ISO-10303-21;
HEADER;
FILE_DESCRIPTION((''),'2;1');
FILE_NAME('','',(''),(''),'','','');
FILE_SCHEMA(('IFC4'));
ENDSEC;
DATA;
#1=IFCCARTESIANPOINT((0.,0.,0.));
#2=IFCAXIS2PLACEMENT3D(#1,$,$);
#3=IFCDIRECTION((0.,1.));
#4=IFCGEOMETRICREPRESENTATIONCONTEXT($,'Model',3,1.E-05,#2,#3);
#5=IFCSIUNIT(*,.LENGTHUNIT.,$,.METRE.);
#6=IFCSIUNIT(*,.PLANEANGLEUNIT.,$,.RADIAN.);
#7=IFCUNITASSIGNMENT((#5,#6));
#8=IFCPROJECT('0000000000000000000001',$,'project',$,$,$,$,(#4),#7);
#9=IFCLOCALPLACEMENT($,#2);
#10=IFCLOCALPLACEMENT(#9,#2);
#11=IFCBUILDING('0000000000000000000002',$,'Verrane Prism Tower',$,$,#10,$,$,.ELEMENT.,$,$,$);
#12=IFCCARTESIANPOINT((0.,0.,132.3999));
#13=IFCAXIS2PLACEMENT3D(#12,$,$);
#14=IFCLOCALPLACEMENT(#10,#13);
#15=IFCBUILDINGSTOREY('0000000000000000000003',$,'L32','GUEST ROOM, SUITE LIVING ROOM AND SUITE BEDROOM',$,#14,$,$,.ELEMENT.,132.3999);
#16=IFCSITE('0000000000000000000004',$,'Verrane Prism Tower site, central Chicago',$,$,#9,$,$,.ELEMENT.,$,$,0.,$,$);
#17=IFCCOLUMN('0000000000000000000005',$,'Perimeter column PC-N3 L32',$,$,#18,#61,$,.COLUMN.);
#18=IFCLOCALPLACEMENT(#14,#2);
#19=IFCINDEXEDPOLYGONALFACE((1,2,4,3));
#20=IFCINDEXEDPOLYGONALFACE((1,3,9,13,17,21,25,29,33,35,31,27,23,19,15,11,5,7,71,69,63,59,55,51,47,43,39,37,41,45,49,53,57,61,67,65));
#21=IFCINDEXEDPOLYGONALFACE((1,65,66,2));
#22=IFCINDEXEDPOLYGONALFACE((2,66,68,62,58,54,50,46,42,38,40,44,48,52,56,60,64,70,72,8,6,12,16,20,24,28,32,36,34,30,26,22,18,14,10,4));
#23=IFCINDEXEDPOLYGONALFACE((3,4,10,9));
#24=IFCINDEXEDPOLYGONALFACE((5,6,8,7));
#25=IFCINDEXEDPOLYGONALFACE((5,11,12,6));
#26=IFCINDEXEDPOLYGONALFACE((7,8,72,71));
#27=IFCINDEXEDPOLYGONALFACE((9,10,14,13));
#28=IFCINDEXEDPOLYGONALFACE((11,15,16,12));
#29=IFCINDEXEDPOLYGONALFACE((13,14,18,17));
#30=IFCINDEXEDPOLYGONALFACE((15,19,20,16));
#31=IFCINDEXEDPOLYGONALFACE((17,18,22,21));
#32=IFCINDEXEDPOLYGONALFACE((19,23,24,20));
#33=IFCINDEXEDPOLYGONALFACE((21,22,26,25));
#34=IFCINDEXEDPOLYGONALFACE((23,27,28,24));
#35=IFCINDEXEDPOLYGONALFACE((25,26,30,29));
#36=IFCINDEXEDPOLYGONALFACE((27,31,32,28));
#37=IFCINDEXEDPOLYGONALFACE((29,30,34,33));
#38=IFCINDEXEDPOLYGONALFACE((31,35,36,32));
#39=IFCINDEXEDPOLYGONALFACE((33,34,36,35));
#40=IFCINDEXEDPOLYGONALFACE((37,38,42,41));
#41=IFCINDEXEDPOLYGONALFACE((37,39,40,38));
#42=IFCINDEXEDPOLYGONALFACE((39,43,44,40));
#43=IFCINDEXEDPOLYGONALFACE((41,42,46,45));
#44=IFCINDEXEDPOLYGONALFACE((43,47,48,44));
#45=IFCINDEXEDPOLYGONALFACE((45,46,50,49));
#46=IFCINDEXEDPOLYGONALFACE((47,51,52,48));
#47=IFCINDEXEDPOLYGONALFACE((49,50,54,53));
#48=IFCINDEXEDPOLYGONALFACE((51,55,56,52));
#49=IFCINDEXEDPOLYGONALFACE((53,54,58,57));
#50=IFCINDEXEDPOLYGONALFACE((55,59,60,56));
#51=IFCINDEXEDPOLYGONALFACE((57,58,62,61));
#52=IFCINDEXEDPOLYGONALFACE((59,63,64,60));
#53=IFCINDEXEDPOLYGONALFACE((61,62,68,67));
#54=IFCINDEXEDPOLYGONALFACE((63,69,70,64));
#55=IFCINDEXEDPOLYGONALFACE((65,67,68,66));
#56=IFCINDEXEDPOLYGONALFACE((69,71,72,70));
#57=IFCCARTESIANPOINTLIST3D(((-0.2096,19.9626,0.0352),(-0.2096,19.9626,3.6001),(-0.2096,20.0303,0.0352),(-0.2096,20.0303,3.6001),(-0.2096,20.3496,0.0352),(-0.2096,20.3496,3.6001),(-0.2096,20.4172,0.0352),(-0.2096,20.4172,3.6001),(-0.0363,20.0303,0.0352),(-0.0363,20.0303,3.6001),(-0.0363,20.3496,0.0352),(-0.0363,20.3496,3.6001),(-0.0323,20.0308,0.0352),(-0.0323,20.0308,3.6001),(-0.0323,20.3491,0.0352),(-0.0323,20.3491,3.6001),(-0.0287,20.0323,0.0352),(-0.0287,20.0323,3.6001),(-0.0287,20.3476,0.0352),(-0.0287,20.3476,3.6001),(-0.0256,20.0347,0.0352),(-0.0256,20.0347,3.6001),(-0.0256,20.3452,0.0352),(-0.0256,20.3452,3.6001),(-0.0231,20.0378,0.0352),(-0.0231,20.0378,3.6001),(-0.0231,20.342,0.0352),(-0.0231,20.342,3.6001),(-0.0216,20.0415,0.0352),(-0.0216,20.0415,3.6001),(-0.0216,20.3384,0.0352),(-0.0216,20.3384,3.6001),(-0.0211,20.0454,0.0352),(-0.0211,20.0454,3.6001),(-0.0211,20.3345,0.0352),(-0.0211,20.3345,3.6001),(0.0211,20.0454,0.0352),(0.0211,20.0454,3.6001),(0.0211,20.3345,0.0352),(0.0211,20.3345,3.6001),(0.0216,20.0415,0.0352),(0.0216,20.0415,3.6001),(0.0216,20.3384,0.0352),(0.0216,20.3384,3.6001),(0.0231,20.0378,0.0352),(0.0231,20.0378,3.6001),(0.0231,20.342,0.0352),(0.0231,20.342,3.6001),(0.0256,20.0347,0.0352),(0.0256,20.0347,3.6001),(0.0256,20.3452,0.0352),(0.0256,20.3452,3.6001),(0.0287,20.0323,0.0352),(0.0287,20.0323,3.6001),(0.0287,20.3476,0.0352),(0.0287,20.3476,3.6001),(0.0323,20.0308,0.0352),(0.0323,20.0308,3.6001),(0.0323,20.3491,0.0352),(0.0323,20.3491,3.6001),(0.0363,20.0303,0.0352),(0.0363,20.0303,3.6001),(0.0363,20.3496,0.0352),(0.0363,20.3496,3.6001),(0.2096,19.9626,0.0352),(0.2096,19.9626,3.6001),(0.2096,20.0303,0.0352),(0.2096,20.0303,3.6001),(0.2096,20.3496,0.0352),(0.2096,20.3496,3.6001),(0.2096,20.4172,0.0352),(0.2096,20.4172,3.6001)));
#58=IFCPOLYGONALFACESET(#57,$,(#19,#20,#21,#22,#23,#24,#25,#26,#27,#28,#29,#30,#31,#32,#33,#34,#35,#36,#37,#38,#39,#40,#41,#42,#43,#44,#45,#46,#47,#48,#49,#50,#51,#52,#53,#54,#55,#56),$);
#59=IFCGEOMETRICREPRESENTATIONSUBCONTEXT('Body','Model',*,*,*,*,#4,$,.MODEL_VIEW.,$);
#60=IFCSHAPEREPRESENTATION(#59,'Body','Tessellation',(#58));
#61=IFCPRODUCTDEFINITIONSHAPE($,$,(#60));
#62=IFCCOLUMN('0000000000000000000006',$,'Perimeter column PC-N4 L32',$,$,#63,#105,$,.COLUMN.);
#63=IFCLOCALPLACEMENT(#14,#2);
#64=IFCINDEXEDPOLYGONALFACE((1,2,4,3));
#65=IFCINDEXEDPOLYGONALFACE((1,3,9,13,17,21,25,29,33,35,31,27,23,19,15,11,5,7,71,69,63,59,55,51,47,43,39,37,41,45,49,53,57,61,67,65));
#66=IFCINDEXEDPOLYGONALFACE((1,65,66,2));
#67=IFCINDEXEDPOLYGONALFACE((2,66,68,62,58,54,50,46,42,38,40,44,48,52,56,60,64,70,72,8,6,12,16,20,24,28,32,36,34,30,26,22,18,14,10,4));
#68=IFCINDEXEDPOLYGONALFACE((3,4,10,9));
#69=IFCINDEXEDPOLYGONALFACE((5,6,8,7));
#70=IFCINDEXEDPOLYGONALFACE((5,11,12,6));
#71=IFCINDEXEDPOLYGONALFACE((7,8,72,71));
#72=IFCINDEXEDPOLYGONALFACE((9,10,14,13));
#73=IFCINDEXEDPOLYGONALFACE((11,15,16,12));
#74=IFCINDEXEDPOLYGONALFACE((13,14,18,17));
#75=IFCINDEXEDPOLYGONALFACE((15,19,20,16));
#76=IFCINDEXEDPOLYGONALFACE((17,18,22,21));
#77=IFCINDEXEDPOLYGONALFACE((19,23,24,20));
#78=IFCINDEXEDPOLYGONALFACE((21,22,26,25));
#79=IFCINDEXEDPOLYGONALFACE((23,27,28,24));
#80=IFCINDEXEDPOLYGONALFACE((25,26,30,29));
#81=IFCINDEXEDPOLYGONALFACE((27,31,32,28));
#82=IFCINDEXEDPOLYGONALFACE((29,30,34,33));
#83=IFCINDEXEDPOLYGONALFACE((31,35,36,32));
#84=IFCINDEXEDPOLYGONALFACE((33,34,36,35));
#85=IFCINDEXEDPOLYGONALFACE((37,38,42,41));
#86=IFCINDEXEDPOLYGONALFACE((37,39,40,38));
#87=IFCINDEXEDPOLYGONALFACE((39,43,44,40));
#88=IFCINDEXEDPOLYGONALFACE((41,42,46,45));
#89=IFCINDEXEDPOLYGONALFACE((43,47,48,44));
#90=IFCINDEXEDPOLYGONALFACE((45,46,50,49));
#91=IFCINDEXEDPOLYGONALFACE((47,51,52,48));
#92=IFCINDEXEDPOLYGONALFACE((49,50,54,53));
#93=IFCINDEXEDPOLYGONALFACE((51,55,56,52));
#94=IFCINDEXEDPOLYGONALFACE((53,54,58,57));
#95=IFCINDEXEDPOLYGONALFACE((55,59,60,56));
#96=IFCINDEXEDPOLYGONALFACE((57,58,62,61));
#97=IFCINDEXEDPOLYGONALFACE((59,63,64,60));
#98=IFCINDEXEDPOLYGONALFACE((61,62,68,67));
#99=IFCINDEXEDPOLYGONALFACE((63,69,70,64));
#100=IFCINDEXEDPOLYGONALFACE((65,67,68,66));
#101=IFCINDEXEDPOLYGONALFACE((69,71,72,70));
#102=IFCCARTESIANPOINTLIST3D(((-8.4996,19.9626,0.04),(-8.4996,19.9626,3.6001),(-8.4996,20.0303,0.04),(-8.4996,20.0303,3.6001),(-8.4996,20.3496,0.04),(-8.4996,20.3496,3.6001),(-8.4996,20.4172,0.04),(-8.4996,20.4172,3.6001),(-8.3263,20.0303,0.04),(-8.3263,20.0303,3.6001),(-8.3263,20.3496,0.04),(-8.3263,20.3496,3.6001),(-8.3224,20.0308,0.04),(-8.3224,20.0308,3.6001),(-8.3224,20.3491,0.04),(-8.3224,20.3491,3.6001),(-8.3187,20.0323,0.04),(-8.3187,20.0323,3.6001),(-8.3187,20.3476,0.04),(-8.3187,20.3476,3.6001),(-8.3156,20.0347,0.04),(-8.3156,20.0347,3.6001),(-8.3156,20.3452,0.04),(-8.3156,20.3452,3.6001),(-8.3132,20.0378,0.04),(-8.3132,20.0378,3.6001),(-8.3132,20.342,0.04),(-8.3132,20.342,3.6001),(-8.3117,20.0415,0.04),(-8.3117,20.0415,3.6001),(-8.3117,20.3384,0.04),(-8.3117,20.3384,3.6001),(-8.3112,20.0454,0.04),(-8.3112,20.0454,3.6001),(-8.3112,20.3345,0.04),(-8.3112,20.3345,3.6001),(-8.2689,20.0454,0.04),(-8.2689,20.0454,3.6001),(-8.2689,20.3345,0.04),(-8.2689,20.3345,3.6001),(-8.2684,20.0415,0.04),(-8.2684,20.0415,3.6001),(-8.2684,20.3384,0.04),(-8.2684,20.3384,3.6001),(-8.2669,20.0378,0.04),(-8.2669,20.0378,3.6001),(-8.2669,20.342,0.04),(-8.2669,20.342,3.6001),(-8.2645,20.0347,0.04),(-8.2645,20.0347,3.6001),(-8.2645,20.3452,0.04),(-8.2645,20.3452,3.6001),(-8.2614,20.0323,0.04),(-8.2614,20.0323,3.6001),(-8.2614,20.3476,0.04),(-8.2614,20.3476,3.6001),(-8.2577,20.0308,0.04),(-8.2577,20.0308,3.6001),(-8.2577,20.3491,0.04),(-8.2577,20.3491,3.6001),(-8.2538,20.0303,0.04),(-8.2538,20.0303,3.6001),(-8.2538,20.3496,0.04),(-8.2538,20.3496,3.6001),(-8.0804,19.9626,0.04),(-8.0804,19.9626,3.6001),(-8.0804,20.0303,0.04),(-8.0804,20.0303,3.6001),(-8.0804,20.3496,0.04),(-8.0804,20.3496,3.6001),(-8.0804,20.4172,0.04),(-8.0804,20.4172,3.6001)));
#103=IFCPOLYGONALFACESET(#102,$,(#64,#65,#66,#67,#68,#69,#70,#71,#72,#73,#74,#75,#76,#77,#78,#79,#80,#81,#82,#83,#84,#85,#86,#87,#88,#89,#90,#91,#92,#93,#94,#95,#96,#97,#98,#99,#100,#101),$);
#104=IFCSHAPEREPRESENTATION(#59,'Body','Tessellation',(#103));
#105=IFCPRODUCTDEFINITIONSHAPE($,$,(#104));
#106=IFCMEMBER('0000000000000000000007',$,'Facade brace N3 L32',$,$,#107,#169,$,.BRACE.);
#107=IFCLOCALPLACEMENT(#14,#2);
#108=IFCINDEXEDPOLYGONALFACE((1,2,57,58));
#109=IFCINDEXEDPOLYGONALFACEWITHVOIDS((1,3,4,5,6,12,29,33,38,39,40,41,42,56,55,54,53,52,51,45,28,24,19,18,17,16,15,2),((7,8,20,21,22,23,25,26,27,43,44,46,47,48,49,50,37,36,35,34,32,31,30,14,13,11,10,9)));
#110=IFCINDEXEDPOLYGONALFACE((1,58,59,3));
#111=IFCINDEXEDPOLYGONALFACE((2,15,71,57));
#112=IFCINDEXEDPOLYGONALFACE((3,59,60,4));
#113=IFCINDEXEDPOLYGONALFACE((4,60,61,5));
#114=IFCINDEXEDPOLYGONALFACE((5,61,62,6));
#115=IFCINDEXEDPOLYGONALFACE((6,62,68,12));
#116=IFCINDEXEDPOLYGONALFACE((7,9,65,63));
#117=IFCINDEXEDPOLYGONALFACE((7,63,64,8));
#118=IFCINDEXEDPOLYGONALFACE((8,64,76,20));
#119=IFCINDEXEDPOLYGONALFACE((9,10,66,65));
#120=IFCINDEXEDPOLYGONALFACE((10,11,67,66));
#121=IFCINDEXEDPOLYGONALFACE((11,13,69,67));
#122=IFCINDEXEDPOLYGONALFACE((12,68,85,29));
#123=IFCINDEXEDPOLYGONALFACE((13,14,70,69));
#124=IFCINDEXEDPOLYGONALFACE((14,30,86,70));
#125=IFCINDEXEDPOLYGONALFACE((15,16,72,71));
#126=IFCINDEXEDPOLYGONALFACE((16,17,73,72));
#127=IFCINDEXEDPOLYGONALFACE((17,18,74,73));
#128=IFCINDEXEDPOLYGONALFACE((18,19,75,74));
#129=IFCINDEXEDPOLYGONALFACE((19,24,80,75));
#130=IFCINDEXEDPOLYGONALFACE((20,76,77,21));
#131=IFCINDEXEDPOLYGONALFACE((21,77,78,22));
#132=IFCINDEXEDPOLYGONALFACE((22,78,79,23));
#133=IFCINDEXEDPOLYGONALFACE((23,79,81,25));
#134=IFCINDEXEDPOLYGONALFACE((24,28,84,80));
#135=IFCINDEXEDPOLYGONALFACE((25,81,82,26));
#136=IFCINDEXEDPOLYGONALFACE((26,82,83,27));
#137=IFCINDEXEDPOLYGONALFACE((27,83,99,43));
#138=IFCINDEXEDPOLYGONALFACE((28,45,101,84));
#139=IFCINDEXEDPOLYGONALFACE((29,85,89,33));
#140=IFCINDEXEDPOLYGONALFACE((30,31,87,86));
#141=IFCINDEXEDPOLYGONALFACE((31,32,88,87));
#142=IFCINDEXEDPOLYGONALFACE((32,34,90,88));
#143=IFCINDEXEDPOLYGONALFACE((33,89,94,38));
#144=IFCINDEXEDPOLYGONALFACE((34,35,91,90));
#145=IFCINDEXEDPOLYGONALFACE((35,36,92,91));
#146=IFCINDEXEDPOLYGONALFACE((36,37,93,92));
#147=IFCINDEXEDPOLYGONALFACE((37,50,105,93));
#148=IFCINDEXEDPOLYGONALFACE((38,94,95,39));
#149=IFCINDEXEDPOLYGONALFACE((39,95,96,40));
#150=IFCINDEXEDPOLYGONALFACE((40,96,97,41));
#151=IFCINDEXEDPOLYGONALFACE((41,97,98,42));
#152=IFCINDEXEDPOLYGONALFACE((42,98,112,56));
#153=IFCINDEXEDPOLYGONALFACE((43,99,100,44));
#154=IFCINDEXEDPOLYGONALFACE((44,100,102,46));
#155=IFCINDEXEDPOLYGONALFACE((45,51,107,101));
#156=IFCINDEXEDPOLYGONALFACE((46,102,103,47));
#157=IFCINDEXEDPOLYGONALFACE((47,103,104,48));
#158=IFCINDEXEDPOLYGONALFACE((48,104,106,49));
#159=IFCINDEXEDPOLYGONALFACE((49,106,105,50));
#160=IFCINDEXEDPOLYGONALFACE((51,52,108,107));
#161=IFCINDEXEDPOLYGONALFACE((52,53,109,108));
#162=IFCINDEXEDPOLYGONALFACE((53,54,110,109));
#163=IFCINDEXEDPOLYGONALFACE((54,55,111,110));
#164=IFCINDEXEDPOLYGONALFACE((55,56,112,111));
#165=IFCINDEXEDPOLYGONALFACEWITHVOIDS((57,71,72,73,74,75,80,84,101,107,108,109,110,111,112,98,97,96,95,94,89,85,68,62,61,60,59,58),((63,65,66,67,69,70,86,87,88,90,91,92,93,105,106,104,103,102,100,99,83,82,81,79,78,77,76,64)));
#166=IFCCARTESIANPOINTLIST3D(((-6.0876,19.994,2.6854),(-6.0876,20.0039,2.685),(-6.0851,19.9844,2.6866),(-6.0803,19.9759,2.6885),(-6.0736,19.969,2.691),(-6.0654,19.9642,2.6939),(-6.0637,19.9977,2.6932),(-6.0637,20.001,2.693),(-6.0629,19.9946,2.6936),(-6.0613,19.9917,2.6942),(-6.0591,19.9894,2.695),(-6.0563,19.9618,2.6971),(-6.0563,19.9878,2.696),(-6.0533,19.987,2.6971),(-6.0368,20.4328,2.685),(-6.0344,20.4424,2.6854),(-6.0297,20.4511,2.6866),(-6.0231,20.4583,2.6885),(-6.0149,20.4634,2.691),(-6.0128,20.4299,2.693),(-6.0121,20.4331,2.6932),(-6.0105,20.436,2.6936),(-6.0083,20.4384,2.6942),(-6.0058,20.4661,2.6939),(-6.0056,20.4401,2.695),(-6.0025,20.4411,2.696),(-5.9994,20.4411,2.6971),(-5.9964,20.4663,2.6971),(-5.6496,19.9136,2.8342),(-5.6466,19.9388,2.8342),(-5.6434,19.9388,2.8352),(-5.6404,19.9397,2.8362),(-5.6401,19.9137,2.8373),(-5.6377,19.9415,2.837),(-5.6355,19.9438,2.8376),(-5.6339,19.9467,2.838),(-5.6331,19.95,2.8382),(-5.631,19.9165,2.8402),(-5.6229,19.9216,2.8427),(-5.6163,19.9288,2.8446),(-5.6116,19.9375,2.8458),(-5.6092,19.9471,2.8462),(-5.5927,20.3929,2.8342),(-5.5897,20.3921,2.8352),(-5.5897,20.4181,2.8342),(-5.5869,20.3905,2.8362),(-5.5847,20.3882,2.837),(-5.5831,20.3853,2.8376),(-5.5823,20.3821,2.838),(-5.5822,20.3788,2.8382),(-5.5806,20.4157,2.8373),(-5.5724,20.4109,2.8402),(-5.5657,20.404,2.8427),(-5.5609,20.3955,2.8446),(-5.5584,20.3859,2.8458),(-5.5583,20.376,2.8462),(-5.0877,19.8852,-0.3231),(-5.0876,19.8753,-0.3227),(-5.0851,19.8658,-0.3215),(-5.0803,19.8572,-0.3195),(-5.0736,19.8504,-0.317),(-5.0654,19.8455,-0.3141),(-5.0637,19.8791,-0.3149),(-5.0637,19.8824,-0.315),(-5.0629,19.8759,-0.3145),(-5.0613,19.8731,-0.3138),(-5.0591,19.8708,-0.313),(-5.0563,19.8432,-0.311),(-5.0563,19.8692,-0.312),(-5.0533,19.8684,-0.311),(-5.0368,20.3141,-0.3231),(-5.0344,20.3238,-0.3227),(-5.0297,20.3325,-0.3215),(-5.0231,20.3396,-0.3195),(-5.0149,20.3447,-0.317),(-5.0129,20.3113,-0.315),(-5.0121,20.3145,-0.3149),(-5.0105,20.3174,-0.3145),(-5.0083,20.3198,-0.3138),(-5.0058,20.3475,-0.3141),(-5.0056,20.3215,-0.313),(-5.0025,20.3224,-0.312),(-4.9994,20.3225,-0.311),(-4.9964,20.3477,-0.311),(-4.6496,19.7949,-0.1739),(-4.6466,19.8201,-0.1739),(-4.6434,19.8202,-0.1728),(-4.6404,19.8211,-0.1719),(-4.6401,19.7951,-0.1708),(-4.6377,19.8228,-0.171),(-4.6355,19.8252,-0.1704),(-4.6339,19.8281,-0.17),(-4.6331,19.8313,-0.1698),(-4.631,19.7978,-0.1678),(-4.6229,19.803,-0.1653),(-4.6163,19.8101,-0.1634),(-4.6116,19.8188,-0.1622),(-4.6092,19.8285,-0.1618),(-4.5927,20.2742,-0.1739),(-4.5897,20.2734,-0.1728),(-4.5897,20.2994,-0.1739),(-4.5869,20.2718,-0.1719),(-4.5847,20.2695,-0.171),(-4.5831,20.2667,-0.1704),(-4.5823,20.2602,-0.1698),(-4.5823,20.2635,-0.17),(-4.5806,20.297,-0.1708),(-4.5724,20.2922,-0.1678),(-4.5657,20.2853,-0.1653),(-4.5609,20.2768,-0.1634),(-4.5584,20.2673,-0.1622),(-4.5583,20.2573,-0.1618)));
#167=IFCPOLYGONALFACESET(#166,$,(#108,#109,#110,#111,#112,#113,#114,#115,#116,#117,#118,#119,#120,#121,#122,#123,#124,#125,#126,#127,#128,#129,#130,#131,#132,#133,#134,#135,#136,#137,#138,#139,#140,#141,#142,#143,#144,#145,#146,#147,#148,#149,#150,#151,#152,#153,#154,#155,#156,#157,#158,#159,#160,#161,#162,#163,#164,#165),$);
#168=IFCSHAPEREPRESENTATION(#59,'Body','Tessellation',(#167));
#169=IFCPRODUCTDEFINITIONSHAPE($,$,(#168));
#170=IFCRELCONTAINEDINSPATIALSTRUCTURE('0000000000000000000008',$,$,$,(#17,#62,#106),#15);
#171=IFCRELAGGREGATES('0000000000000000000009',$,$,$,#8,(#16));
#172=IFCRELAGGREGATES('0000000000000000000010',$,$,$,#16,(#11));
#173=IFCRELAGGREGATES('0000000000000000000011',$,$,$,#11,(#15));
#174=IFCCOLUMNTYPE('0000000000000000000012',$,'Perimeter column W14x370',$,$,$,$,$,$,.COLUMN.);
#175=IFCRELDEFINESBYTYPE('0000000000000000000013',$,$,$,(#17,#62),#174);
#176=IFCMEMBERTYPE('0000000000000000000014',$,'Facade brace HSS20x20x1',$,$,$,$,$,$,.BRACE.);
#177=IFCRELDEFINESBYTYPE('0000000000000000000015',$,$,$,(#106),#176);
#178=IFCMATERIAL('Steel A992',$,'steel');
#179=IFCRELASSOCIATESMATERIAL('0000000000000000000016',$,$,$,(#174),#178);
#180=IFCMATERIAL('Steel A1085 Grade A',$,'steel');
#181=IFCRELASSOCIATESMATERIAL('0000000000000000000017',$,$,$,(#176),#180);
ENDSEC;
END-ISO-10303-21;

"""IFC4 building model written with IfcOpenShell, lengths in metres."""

from ifc_helpers import new_model, si_unit, direction, frame, origin, origin_2d, place, context, subcontext, project, spatial, hollow_rectangle, i_section, extrude, material, material_profile, profile_set, type_object, element, save


model = new_model("IFC4")

# Units and contexts
model_context = context("Model", 3, precision=1e-05, world=origin(), true_north=direction((0.0, 1.0)))
body_context = subcontext(model_context, "Body", "Model", "MODEL_VIEW")
ifc_project = project(units=[si_unit("LENGTHUNIT", "METRE"), si_unit("PLANEANGLEUNIT", "RADIAN")], contexts=[model_context])

# Site, building, storey
site_placement = place(None, origin())
site = spatial("IfcSite", under=ifc_project, at=site_placement, Name="Verrane Prism Tower site, central Chicago", CompositionType="ELEMENT", RefElevation=0.0)
building_placement = place(site_placement, origin())
building = spatial("IfcBuilding", under=site, at=building_placement, Name="Verrane Prism Tower", CompositionType="ELEMENT")
storey_placement = place(building_placement, frame((0.0, 0.0, 132.3999)))
storey = spatial("IfcBuildingStorey", under=building, at=storey_placement, Name="L32", Description="GUEST ROOM, SUITE LIVING ROOM AND SUITE BEDROOM", CompositionType="ELEMENT", Elevation=132.3999)

# Columns
ifc_material_1 = material(Name="Steel A992", Category="steel")
ifc_material_profile_1 = material_profile(ifc_material_1, i_section(OverallWidth=0.4192, OverallDepth=0.4546, WebThickness=0.0422, FlangeThickness=0.0676, FilletRadius=0.0151, at=origin_2d()), Name="W14x370")
ifc_profile_set_1 = profile_set([ifc_material_profile_1], Name="Steel A992")
column_type = type_object("IfcColumnType", Name="Perimeter column W14x370", PredefinedType="COLUMN", material=ifc_profile_set_1)
column_1_placement = place(storey_placement, frame((0.0, 20.1899, 0.0352), z_axis=(0.0, 0.0, 1.0), x_axis=(1.0, 0.0, 0.0)))
element("IfcColumn", 1, at=column_1_placement, inside=storey, type_object=column_type, Name="Perimeter column PC-N3 L32", PredefinedType="COLUMN", context=body_context, shape_type="SweptSolid", body=[
    extrude(i_section(OverallWidth=0.4192, OverallDepth=0.4546, WebThickness=0.0422, FlangeThickness=0.0676, FilletRadius=0.0151, at=origin_2d()), origin(), (0.0, 0.0, 1.0), 3.5649),
])
column_2_placement = place(storey_placement, frame((-8.29, 20.1899, 0.04), z_axis=(0.0, 0.0, 1.0), x_axis=(1.0, 0.0, 0.0)))
element("IfcColumn", 2, at=column_2_placement, inside=storey, type_object=column_type, Name="Perimeter column PC-N4 L32", PredefinedType="COLUMN", context=body_context, shape_type="SweptSolid", body=[
    extrude(i_section(OverallWidth=0.4192, OverallDepth=0.4546, WebThickness=0.0422, FlangeThickness=0.0676, FilletRadius=0.0151, at=origin_2d()), origin(), (0.0, 0.0, 1.0), 3.5601),
])

# Member
ifc_material_2 = material(Name="Steel A1085 Grade A", Category="steel")
ifc_material_profile_2 = material_profile(ifc_material_2, hollow_rectangle(XDim=0.5081, YDim=0.5081, WallThickness=0.0254, InnerFilletRadius=0.0127, OuterFilletRadius=0.0381, at=origin_2d()), Name="HSS20x20x1")
ifc_profile_set_2 = profile_set([ifc_material_profile_2], Name="Steel A1085 Grade A")
member_type_1 = type_object("IfcMemberType", Name="Facade brace HSS20x20x1", PredefinedType="BRACE", material=ifc_profile_set_2)
member_1_placement = place(storey_placement, frame((-4.823, 20.0713, -0.2424), z_axis=(-0.315244, 0.037404, 0.948273), x_axis=(-0.117826, -0.993034, 0.0)))
element("IfcMember", 3, at=member_1_placement, inside=storey, type_object=member_type_1, Name="Facade brace N3 L32", PredefinedType="BRACE", context=body_context, shape_type="SweptSolid", body=[
    extrude(hollow_rectangle(XDim=0.5081, YDim=0.5081, WallThickness=0.0254, InnerFilletRadius=0.0127, OuterFilletRadius=0.0381, at=origin_2d()), origin(), (0.0, 0.0, 1.0), 3.1721),
])

save(model, "model.ifc")
